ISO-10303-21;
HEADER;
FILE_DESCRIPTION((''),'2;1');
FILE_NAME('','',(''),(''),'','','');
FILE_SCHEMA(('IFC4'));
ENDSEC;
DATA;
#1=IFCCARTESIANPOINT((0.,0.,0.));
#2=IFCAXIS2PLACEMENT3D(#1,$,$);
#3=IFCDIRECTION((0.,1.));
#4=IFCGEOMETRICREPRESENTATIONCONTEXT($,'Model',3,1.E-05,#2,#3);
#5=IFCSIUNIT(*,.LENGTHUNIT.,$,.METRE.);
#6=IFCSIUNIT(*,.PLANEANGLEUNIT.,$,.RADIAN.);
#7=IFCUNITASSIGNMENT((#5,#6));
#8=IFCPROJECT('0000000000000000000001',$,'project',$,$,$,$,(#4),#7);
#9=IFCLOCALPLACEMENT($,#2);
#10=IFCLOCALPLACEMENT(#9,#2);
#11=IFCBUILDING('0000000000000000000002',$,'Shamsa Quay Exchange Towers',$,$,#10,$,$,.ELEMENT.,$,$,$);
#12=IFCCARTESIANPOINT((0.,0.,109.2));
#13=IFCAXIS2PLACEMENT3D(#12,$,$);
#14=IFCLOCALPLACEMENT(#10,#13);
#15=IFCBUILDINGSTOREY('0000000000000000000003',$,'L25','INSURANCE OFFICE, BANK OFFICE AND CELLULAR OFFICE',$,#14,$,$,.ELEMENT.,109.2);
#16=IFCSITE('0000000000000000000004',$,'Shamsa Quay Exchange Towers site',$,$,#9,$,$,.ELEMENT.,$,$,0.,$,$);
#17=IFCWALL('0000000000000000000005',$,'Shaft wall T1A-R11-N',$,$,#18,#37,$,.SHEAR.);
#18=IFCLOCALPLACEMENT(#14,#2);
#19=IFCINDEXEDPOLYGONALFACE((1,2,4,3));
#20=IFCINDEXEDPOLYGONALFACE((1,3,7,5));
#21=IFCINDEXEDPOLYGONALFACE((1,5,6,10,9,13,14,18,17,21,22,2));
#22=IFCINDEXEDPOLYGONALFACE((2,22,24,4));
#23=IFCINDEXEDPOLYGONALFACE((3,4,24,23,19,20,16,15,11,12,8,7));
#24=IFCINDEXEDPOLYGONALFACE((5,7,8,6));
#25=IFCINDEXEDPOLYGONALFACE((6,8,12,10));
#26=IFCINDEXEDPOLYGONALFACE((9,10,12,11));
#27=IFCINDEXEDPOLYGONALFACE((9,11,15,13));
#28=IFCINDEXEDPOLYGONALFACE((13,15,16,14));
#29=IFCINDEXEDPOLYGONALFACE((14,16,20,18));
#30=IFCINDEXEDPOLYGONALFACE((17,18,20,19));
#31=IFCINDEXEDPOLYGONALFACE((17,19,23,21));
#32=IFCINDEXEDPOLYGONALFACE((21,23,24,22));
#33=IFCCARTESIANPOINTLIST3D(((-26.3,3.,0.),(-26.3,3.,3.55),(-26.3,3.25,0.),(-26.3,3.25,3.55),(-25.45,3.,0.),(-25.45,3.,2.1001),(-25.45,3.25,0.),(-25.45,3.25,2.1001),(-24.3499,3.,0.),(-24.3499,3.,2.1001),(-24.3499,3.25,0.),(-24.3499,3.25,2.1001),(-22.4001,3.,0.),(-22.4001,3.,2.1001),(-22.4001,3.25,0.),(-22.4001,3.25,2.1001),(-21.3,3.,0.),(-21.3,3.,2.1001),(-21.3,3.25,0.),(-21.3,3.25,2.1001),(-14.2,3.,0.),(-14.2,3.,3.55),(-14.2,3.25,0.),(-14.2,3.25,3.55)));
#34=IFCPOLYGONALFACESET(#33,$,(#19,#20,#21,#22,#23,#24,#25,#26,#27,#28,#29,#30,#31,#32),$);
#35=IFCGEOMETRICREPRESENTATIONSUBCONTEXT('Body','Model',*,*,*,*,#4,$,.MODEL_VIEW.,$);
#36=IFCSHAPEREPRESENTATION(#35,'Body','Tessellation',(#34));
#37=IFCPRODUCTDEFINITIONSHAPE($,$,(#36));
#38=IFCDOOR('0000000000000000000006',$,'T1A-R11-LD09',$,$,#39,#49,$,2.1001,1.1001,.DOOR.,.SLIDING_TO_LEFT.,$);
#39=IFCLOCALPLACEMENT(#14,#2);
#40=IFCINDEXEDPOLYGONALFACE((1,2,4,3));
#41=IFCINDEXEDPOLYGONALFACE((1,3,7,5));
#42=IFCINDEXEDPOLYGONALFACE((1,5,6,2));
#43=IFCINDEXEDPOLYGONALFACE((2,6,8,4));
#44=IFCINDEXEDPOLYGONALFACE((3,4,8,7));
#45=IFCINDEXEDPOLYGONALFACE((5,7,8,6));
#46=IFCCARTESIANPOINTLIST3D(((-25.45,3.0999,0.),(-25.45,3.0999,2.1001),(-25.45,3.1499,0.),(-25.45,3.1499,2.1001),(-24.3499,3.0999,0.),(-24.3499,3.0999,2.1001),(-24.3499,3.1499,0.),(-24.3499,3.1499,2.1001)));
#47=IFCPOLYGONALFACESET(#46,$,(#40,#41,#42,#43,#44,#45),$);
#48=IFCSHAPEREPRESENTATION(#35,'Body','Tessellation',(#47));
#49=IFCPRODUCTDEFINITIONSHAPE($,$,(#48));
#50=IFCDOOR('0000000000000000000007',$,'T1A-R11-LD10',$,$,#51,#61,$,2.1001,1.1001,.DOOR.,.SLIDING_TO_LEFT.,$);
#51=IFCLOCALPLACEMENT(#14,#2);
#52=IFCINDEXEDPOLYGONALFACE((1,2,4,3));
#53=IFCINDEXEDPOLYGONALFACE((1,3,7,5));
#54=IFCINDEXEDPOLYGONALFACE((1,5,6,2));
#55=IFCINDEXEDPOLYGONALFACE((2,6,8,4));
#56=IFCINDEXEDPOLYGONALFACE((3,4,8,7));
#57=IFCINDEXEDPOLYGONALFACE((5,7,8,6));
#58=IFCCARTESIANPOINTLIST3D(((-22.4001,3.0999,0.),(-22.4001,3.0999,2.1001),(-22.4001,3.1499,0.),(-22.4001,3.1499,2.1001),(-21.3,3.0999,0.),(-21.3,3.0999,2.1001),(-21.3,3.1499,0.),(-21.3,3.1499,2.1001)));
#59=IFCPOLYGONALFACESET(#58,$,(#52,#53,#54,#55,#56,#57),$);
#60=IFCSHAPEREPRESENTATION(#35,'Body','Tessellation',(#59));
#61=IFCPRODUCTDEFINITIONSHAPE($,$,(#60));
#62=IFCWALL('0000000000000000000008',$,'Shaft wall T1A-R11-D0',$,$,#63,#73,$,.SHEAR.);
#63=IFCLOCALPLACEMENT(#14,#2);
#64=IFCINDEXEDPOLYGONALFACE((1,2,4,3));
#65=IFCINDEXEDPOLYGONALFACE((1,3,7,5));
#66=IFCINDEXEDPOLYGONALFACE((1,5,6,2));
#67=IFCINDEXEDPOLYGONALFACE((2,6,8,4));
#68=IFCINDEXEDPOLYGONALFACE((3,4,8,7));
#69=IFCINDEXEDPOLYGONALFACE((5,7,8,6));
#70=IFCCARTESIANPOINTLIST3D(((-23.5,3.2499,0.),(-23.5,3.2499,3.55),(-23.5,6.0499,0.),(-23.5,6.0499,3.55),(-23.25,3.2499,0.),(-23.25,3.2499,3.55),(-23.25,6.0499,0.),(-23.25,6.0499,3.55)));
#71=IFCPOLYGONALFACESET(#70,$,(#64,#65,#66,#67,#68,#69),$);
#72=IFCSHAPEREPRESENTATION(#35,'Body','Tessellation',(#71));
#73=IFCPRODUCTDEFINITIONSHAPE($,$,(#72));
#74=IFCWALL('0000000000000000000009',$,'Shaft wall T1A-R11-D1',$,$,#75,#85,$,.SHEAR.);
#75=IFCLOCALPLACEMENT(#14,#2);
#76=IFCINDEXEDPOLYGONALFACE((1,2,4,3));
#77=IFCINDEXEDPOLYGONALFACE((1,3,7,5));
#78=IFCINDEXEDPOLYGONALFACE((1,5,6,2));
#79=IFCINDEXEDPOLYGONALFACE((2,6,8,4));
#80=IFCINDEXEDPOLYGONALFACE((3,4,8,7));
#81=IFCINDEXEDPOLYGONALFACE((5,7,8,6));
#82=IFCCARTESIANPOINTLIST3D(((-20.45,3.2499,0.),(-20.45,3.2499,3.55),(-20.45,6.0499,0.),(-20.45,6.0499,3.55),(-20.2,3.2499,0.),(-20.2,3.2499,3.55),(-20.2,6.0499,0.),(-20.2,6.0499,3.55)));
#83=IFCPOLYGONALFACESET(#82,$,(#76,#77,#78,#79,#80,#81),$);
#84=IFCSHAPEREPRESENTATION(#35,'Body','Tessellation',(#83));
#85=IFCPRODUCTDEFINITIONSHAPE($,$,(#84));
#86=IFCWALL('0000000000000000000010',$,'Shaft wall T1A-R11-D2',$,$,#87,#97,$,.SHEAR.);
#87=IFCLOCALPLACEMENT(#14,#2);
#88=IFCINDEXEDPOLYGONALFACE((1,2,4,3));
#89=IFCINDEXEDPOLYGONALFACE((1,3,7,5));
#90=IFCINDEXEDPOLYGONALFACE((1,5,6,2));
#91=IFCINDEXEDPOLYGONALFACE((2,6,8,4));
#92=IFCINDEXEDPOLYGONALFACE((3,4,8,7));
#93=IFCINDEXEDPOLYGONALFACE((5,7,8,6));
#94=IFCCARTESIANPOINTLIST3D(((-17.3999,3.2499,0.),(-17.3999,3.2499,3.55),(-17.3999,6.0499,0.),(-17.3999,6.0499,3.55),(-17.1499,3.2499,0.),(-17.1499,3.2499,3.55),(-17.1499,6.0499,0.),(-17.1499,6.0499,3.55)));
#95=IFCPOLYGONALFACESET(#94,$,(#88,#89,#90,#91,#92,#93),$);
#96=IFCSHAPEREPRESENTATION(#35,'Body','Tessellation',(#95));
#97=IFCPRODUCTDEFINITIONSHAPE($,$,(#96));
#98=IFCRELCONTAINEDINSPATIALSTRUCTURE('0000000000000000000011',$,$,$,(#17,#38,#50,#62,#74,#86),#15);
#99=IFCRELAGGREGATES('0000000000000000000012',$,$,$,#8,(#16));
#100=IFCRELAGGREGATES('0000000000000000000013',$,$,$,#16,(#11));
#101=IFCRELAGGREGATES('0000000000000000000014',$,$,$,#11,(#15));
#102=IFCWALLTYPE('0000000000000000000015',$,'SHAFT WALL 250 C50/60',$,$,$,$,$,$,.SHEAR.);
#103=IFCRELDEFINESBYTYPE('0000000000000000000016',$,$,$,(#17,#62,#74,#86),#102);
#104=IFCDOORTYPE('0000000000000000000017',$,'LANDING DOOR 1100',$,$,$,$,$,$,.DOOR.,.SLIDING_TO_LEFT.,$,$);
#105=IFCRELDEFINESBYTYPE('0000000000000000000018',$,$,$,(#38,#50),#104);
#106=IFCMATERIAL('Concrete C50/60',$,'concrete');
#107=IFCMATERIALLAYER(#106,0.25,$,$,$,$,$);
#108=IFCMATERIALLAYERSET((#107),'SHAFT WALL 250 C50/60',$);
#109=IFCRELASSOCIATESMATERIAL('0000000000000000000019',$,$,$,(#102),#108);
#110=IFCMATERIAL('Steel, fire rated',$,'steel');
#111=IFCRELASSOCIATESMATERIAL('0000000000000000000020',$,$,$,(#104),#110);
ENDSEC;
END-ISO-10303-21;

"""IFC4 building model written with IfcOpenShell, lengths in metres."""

from ifc_helpers import new_model, si_unit, direction, frame, frame_2d, origin, place, context, subcontext, project, spatial, rectangle, extrude, material, layer, layer_set, type_object, element, fill, save


model = new_model("IFC4")

# Units and contexts
model_context = context("Model", 3, precision=1e-05, world=origin(), true_north=direction((0.0, 1.0)))
body_context = subcontext(model_context, "Body", "Model", "MODEL_VIEW")
ifc_project = project(units=[si_unit("LENGTHUNIT", "METRE"), si_unit("PLANEANGLEUNIT", "RADIAN")], contexts=[model_context])

# Site, building, storey
site_placement = place(None, origin())
site = spatial("IfcSite", under=ifc_project, at=site_placement, Name="Shamsa Quay Exchange Towers site", CompositionType="ELEMENT", RefElevation=0.0)
building_placement = place(site_placement, origin())
building = spatial("IfcBuilding", under=site, at=building_placement, Name="Shamsa Quay Exchange Towers", CompositionType="ELEMENT")
storey_placement = place(building_placement, frame((0.0, 0.0, 109.2)))
storey = spatial("IfcBuildingStorey", under=building, at=storey_placement, Name="L25", Description="INSURANCE OFFICE, BANK OFFICE AND CELLULAR OFFICE", CompositionType="ELEMENT", Elevation=109.2)

# Shared definitions
ifc_material_1 = material(Name="Steel, fire rated", Category="steel")

# Wall, openings, doors
ifc_material_2 = material(Name="Concrete C50/60", Category="concrete")
ifc_layer_1 = layer(ifc_material_2, 0.25)
ifc_layer_set_1 = layer_set([ifc_layer_1], Name="SHAFT WALL 250 C50/60")
wall_type_1 = type_object("IfcWallType", Name="SHAFT WALL 250 C50/60", PredefinedType="SHEAR", material=ifc_layer_set_1)
wall_1_placement = place(storey_placement, frame((-26.3, 3.125, 0.0)))
wall_1 = element("IfcWall", 1, at=wall_1_placement, inside=storey, type_object=wall_type_1, Name="Shaft wall T1A-R11-N", PredefinedType="SHEAR", context=body_context, shape_type="SweptSolid", body=[
    extrude(rectangle(XDim=12.1001, YDim=0.25, at=frame_2d((6.05, 0.0))), origin(), (0.0, 0.0, 1.0), 3.55),
])
opening_1_placement = place(wall_1_placement, frame((0.8501, 0.0, 0.0)))
opening_1 = element("IfcOpeningElement", 2, at=opening_1_placement, cuts=wall_1, PredefinedType="OPENING", context=body_context, shape_type="SweptSolid", body=[
    extrude(rectangle(XDim=1.1001, YDim=2.1001, at=frame_2d((0.55, 1.05))), frame((0.0, 0.135, 0.0), z_axis=(0.0, -1.0, 0.0), x_axis=(1.0, 0.0, 0.0)), (0.0, 0.0, 1.0), 0.27),
])
opening_2_placement = place(wall_1_placement, frame((3.8999, 0.0, 0.0)))
opening_2 = element("IfcOpeningElement", 3, at=opening_2_placement, cuts=wall_1, PredefinedType="OPENING", context=body_context, shape_type="SweptSolid", body=[
    extrude(rectangle(XDim=1.1001, YDim=2.1001, at=frame_2d((0.55, 1.05))), frame((0.0, 0.135, 0.0), z_axis=(0.0, -1.0, 0.0), x_axis=(1.0, 0.0, 0.0)), (0.0, 0.0, 1.0), 0.27),
])
door_type_1 = type_object("IfcDoorType", Name="LANDING DOOR 1100", OperationType="SLIDING_TO_LEFT", PredefinedType="DOOR", material=ifc_material_1)
door_1_placement = place(opening_1_placement, origin())
door_1 = element("IfcDoor", 4, at=door_1_placement, inside=storey, type_object=door_type_1, Name="T1A-R11-LD09", OperationType="SLIDING_TO_LEFT", OverallHeight=2.1001, OverallWidth=1.1001, PredefinedType="DOOR", context=body_context, shape_type="SweptSolid", body=[
    extrude(rectangle(XDim=1.1001, YDim=2.1001, at=frame_2d((0.55, 1.05))), frame((0.0, 0.0249, 0.0), z_axis=(0.0, -1.0, 0.0), x_axis=(1.0, 0.0, 0.0)), (0.0, 0.0, 1.0), 0.05),
])
fill(opening_1, door_1)
door_2_placement = place(opening_2_placement, origin())
door_2 = element("IfcDoor", 5, at=door_2_placement, inside=storey, type_object=door_type_1, Name="T1A-R11-LD10", OperationType="SLIDING_TO_LEFT", OverallHeight=2.1001, OverallWidth=1.1001, PredefinedType="DOOR", context=body_context, shape_type="SweptSolid", body=[
    extrude(rectangle(XDim=1.1001, YDim=2.1001, at=frame_2d((0.55, 1.05))), frame((0.0, 0.0249, 0.0), z_axis=(0.0, -1.0, 0.0), x_axis=(1.0, 0.0, 0.0)), (0.0, 0.0, 1.0), 0.05),
])
fill(opening_2, door_2)

# Walls
for number, where, z_axis, x_axis, name in (
    (6, (-23.375, 3.25, 0.0), (0.0, 0.0, 1.0), (0.0, 1.0, 0.0), "Shaft wall T1A-R11-D0"),
    (7, (-20.325, 3.25, 0.0), (0.0, 0.0, 1.0), (0.0, 1.0, 0.0), "Shaft wall T1A-R11-D1"),
    (8, (-17.2749, 3.25, 0.0), (0.0, 0.0, 1.0), (0.0, 1.0, 0.0), "Shaft wall T1A-R11-D2"),
):
    element("IfcWall", number, at=place(storey_placement, frame(where, z_axis=z_axis, x_axis=x_axis)), inside=storey, type_object=wall_type_1, Name=name, PredefinedType="SHEAR", context=body_context, shape_type="SweptSolid", body=[
        extrude(rectangle(XDim=2.8, YDim=0.25, at=frame_2d((1.3999, 0.0))), origin(), (0.0, 0.0, 1.0), 3.55),
    ])

save(model, "model.ifc")
